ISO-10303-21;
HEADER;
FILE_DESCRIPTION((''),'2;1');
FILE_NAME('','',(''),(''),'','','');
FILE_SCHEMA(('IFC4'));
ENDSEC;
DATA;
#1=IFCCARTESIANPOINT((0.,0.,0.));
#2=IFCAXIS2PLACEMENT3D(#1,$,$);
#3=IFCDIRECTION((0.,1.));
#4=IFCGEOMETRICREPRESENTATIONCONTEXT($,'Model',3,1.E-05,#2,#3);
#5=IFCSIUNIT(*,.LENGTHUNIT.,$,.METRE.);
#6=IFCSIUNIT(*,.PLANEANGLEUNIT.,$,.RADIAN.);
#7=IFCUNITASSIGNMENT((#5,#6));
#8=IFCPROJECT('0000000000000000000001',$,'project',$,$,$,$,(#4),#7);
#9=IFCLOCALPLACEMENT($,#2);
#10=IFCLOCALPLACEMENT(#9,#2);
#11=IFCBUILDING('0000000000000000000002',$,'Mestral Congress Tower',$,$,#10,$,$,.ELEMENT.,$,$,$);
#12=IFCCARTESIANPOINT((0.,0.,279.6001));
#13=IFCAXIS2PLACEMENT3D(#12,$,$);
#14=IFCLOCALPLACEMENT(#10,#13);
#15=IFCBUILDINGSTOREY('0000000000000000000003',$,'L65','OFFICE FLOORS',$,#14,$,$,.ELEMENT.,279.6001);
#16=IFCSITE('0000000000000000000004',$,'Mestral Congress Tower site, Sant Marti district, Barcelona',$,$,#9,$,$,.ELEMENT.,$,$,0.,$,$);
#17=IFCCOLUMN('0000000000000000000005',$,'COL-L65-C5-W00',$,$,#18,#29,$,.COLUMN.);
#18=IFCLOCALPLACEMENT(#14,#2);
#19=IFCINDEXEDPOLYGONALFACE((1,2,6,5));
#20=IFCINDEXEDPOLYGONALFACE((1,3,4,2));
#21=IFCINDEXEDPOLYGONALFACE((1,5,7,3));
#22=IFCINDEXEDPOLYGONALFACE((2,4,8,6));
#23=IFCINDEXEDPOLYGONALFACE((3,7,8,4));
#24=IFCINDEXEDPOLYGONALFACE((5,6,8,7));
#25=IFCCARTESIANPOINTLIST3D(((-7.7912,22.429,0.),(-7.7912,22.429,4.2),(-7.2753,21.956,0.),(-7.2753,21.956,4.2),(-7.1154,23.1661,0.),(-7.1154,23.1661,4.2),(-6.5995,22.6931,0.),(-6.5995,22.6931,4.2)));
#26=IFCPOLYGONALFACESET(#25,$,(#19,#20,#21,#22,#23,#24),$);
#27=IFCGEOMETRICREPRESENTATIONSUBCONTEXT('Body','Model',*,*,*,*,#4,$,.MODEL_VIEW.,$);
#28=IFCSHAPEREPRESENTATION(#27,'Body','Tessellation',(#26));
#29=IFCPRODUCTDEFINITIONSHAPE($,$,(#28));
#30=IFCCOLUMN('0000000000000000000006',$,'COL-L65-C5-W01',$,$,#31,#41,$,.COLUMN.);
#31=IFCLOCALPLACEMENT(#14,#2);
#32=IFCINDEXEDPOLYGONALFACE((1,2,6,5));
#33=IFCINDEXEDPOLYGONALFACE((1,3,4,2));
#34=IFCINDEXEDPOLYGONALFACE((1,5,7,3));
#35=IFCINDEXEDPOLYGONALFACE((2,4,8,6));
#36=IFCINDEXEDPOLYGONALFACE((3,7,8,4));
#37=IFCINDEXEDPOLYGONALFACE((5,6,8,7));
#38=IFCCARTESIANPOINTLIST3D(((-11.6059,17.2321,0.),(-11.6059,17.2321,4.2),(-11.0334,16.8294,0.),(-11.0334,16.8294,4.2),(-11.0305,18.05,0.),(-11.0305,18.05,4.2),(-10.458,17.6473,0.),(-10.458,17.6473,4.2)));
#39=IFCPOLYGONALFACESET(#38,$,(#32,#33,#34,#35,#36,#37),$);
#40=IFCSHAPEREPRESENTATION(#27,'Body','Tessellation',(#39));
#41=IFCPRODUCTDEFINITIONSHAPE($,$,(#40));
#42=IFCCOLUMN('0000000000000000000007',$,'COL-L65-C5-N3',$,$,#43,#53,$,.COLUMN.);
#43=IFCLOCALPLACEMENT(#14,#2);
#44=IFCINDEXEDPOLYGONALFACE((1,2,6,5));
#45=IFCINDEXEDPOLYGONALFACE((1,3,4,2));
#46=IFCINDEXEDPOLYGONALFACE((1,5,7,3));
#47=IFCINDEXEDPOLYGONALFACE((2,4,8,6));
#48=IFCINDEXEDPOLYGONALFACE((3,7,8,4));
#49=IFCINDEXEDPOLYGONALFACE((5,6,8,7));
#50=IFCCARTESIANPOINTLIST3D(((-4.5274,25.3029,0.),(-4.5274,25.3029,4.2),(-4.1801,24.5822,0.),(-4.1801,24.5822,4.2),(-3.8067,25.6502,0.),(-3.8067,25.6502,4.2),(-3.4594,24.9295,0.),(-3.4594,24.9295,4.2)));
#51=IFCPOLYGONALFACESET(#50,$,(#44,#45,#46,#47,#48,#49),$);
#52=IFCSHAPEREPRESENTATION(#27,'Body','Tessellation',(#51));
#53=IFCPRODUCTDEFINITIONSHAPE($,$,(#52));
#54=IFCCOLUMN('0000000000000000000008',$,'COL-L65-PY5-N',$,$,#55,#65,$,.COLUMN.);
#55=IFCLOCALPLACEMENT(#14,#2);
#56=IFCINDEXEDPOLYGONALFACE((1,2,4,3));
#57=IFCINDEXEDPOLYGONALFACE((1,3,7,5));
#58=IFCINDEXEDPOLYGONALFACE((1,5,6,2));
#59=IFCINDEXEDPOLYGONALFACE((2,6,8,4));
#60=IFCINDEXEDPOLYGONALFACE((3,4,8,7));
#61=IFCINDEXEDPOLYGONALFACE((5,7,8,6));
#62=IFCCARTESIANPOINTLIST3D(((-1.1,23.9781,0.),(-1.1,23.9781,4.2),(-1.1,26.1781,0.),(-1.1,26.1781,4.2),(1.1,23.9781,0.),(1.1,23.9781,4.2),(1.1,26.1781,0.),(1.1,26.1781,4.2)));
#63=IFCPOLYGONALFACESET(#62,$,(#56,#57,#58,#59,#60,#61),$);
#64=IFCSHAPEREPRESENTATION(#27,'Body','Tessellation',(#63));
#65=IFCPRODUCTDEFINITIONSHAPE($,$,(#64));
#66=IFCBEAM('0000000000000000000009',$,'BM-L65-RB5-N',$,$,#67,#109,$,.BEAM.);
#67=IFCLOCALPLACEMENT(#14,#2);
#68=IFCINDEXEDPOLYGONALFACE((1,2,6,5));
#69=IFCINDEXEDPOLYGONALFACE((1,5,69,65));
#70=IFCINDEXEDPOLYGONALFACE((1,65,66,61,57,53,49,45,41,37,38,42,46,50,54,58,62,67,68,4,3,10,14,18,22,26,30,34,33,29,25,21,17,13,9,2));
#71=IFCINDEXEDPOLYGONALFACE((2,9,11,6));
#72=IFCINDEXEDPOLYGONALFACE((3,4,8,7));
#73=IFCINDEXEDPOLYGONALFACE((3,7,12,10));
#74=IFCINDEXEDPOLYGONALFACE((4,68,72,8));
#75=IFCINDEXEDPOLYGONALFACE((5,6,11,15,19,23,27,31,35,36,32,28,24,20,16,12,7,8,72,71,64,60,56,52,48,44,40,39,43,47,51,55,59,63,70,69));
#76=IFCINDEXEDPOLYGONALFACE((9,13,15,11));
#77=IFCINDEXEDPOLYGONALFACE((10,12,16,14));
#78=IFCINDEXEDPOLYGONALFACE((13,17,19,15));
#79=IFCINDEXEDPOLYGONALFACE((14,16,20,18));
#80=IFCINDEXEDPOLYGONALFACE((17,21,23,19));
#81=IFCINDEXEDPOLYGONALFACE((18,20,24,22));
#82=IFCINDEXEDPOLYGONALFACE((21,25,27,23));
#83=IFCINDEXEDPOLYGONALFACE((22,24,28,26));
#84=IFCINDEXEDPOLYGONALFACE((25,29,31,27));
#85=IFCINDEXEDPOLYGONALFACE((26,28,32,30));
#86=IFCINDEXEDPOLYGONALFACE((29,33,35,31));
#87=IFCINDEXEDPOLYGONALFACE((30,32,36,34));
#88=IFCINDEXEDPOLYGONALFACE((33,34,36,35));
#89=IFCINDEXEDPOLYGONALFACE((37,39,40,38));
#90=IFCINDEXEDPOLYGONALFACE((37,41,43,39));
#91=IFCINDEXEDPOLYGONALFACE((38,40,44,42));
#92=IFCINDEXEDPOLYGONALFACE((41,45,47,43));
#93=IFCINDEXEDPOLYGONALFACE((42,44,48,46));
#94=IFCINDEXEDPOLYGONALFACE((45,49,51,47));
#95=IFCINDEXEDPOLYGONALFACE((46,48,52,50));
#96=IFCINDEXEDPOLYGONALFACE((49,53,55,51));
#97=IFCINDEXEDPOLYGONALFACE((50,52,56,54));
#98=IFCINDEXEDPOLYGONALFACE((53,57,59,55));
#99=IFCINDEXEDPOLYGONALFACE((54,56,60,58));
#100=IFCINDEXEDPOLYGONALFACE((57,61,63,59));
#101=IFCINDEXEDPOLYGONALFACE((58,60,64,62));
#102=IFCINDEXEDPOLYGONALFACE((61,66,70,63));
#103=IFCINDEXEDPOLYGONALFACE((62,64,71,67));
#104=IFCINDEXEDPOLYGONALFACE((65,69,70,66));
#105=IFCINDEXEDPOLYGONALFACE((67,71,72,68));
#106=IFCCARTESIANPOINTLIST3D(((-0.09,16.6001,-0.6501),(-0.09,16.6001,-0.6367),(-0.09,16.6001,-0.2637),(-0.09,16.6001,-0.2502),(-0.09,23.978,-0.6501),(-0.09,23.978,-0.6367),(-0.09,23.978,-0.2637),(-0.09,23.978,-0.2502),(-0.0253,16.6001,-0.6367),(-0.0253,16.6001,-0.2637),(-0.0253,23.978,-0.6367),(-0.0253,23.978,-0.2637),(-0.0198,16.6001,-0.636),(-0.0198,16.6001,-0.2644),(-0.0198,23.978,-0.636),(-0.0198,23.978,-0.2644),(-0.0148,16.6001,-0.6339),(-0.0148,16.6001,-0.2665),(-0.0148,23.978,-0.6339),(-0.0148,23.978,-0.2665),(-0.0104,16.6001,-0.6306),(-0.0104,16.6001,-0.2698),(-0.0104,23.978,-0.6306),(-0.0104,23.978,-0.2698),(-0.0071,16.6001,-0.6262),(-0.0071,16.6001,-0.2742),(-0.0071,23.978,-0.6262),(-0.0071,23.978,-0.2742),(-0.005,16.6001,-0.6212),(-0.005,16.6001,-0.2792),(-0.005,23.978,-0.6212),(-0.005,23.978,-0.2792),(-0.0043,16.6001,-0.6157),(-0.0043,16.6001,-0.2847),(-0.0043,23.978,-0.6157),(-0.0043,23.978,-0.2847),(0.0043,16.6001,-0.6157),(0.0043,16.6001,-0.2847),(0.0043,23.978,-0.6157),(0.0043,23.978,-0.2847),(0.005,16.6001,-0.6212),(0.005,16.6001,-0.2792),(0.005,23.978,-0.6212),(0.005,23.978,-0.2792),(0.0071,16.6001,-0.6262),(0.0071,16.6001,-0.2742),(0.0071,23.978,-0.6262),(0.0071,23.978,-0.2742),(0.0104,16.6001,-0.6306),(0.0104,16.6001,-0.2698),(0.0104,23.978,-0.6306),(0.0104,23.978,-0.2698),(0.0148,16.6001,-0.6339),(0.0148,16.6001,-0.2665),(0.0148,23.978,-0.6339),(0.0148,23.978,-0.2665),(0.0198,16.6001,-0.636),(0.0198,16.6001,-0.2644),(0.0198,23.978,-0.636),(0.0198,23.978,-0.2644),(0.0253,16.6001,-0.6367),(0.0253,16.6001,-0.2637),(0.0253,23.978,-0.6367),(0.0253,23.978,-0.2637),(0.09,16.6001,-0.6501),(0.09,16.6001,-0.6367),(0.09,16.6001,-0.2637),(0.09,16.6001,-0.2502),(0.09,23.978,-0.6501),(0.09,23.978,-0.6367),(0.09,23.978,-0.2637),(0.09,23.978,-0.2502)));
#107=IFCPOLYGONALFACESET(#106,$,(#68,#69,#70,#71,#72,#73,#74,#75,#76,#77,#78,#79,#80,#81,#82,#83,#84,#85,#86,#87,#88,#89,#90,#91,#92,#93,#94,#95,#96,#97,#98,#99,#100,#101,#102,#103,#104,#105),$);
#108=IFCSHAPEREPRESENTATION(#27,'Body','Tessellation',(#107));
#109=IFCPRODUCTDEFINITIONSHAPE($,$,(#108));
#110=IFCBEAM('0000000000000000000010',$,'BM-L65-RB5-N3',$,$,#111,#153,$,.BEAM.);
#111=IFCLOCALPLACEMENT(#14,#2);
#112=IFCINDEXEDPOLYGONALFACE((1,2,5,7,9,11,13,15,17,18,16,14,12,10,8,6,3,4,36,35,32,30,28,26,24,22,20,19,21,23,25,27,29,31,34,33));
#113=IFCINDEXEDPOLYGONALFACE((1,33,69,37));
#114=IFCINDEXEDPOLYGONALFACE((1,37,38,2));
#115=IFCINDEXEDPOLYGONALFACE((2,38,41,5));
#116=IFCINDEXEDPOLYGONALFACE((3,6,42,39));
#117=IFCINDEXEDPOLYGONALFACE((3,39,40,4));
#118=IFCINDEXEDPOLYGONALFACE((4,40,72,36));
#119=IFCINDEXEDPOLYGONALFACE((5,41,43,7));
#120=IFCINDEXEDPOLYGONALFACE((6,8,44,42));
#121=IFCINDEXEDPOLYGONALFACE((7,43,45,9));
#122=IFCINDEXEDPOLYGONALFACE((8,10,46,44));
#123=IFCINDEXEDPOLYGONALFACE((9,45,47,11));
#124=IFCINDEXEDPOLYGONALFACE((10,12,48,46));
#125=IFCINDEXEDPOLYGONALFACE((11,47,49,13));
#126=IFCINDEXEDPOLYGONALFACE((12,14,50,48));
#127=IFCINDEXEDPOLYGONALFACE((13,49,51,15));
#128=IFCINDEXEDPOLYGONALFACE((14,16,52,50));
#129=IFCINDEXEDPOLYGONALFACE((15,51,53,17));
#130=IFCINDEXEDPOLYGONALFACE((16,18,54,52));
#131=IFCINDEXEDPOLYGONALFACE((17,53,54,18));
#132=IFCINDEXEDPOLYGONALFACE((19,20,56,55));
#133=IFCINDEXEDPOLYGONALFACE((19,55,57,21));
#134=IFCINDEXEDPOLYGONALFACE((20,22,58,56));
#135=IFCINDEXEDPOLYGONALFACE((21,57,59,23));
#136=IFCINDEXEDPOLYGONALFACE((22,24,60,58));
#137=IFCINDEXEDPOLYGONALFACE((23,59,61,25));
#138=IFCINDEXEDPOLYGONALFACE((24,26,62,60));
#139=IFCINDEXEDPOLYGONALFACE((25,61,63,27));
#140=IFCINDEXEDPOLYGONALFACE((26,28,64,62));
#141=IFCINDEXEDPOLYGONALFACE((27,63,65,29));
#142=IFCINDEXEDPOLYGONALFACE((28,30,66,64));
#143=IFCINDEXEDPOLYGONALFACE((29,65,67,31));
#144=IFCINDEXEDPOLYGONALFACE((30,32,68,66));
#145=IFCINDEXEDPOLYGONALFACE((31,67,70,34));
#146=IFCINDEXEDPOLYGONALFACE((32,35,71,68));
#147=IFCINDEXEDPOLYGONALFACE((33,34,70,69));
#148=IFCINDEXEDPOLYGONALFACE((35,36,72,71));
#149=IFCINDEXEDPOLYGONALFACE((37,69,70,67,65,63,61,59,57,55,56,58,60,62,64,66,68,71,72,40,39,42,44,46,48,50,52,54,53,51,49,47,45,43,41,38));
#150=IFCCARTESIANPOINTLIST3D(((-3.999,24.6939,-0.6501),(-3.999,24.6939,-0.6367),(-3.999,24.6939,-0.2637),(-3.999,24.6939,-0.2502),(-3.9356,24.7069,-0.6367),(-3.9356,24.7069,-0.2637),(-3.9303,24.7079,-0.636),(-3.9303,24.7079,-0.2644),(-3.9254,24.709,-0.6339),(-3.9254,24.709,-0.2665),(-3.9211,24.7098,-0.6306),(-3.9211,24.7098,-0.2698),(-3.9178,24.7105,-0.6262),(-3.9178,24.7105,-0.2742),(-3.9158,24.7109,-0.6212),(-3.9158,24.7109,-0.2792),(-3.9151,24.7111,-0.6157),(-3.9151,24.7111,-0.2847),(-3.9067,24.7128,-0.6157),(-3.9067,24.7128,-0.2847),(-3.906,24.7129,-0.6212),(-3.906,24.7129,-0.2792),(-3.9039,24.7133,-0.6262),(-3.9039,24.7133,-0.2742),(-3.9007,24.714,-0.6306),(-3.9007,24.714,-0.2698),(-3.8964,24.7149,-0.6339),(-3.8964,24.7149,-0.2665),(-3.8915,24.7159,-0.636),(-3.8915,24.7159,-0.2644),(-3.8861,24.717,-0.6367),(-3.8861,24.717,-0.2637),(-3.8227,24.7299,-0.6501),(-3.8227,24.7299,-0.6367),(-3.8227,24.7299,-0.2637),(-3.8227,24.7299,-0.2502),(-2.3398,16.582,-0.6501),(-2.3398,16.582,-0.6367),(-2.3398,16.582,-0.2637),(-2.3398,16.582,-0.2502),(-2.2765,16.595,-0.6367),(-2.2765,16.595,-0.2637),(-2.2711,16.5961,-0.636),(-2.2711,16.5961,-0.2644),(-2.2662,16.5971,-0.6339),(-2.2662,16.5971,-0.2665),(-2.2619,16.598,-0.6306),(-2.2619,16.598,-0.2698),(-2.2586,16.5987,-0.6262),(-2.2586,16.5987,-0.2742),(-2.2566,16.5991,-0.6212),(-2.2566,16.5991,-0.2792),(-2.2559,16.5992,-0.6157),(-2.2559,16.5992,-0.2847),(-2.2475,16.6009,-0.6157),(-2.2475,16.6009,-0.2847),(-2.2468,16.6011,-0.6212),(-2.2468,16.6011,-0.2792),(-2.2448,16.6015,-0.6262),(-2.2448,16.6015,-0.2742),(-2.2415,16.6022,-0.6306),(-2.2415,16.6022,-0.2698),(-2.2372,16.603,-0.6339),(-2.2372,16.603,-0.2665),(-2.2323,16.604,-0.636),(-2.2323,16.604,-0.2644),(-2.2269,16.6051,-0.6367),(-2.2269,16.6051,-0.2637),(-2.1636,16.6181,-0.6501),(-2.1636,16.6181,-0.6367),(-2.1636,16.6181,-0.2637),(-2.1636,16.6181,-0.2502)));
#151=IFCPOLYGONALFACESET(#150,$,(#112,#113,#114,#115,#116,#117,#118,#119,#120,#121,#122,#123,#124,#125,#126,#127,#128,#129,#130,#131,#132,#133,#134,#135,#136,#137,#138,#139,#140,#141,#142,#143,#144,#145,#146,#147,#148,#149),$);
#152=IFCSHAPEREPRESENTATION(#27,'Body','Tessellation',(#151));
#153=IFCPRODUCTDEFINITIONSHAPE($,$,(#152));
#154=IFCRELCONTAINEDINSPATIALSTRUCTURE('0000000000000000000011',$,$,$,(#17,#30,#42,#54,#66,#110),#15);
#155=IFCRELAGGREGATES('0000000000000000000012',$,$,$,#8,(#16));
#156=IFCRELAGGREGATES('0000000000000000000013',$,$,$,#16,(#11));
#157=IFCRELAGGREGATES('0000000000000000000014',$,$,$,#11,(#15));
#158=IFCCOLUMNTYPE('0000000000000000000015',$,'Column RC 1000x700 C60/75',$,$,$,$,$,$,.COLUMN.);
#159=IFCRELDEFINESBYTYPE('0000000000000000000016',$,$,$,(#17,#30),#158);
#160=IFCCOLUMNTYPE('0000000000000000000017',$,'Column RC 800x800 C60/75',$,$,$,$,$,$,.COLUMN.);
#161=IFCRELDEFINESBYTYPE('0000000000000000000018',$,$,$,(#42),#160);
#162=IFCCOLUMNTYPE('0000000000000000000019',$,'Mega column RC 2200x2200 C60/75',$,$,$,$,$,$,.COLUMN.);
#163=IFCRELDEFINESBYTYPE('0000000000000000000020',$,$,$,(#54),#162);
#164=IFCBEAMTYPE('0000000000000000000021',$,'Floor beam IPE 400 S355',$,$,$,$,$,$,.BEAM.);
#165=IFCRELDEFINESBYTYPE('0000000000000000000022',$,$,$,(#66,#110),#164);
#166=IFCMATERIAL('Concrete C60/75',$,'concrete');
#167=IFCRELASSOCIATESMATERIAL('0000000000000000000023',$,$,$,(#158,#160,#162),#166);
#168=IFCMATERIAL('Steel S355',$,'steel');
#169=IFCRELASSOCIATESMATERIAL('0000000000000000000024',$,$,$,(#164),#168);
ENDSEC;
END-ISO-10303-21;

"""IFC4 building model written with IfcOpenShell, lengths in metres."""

from ifc_helpers import new_model, si_unit, direction, frame, origin, origin_2d, place, context, subcontext, project, spatial, rectangle, i_section, extrude, material, material_profile, profile_set, type_object, element, save


model = new_model("IFC4")

# Units and contexts
model_context = context("Model", 3, precision=1e-05, world=origin(), true_north=direction((0.0, 1.0)))
body_context = subcontext(model_context, "Body", "Model", "MODEL_VIEW")
ifc_project = project(units=[si_unit("LENGTHUNIT", "METRE"), si_unit("PLANEANGLEUNIT", "RADIAN")], contexts=[model_context])

# Site, building, storey
site_placement = place(None, origin())
site = spatial("IfcSite", under=ifc_project, at=site_placement, Name="Mestral Congress Tower site, Sant Marti district, Barcelona", CompositionType="ELEMENT", RefElevation=0.0)
building_placement = place(site_placement, origin())
building = spatial("IfcBuilding", under=site, at=building_placement, Name="Mestral Congress Tower", CompositionType="ELEMENT")
storey_placement = place(building_placement, frame((0.0, 0.0, 279.6001)))
storey = spatial("IfcBuildingStorey", under=building, at=storey_placement, Name="L65", Description="OFFICE FLOORS", CompositionType="ELEMENT", Elevation=279.6001)

# Columns
ifc_material_1 = material(Name="Concrete C60/75", Category="concrete")
ifc_material_profile_1 = material_profile(ifc_material_1, rectangle(XDim=1.0, YDim=0.7, at=origin_2d()), Name="RC 1000x700")
ifc_profile_set_1 = profile_set([ifc_material_profile_1], Name="Concrete C60/75")
column_type_1 = type_object("IfcColumnType", Name="Column RC 1000x700 C60/75", PredefinedType="COLUMN", material=ifc_profile_set_1)
for number, where, z_axis, x_axis, name in (
    (1, (-7.1953, 22.561, 0.0), (0.0, 0.0, 1.0), (-0.675803, -0.737083, 0.0), "COL-L65-C5-W00"),
    (2, (-11.032, 17.4397, 0.0), (0.0, 0.0, 1.0), (-0.575402, -0.817871, 0.0), "COL-L65-C5-W01"),
):
    element("IfcColumn", number, at=place(storey_placement, frame(where, z_axis=z_axis, x_axis=x_axis)), inside=storey, type_object=column_type_1, Name=name, PredefinedType="COLUMN", context=body_context, shape_type="SweptSolid", body=[
        extrude(rectangle(XDim=1.0, YDim=0.7, at=origin_2d()), origin(), (0.0, 0.0, 1.0), 4.2),
    ])
ifc_material_profile_2 = material_profile(ifc_material_1, rectangle(XDim=0.8, YDim=0.8, at=origin_2d()), Name="RC 800x800")
ifc_profile_set_2 = profile_set([ifc_material_profile_2], Name="Concrete C60/75")
column_type_2 = type_object("IfcColumnType", Name="Column RC 800x800 C60/75", PredefinedType="COLUMN", material=ifc_profile_set_2)
column_1_placement = place(storey_placement, frame((-3.9934, 25.1162, 0.0), z_axis=(0.0, 0.0, 1.0), x_axis=(-0.900873, -0.434082, 0.0)))
element("IfcColumn", 3, at=column_1_placement, inside=storey, type_object=column_type_2, Name="COL-L65-C5-N3", PredefinedType="COLUMN", context=body_context, shape_type="SweptSolid", body=[
    extrude(rectangle(XDim=0.8, YDim=0.8, at=origin_2d()), origin(), (0.0, 0.0, 1.0), 4.2),
])
ifc_material_profile_3 = material_profile(ifc_material_1, rectangle(XDim=2.2, YDim=2.2, at=origin_2d()), Name="RC 2200x2200")
ifc_profile_set_3 = profile_set([ifc_material_profile_3], Name="Concrete C60/75")
column_type_3 = type_object("IfcColumnType", Name="Mega column RC 2200x2200 C60/75", PredefinedType="COLUMN", material=ifc_profile_set_3)
column_2_placement = place(storey_placement, frame((0.0, 25.0781, 0.0), z_axis=(0.0, 0.0, 1.0), x_axis=(0.0, 1.0, 0.0)))
element("IfcColumn", 4, at=column_2_placement, inside=storey, type_object=column_type_3, Name="COL-L65-PY5-N", PredefinedType="COLUMN", context=body_context, shape_type="SweptSolid", body=[
    extrude(rectangle(XDim=2.2, YDim=2.2, at=origin_2d()), origin(), (0.0, 0.0, 1.0), 4.2),
])

# Beams
ifc_material_2 = material(Name="Steel S355", Category="steel")
ifc_material_profile_4 = material_profile(ifc_material_2, i_section(OverallWidth=0.1799, OverallDepth=0.3999, WebThickness=0.0085, FlangeThickness=0.0134, FilletRadius=0.021, at=origin_2d()), Name="IPE 400")
ifc_profile_set_4 = profile_set([ifc_material_profile_4], Name="Steel S355")
beam_type_1 = type_object("IfcBeamType", Name="Floor beam IPE 400 S355", PredefinedType="BEAM", material=ifc_profile_set_4)
beam_1_placement = place(storey_placement, frame((0.0, 23.978, -0.4502), z_axis=(0.0, -1.0, 0.0), x_axis=(1.0, 0.0, 0.0)))
element("IfcBeam", 5, at=beam_1_placement, inside=storey, type_object=beam_type_1, Name="BM-L65-RB5-N", PredefinedType="BEAM", context=body_context, shape_type="SweptSolid", body=[
    extrude(i_section(OverallWidth=0.1799, OverallDepth=0.3999, WebThickness=0.0085, FlangeThickness=0.0134, FilletRadius=0.021, at=origin_2d()), origin(), (0.0, 0.0, 1.0), 7.3779),
])
beam_2_placement = place(storey_placement, frame((-3.9109, 24.7119, -0.4502), z_axis=(0.20039, -0.979716, 0.0), x_axis=(0.979716, 0.20039, 0.0)))
element("IfcBeam", 6, at=beam_2_placement, inside=storey, type_object=beam_type_1, Name="BM-L65-RB5-N3", PredefinedType="BEAM", context=body_context, shape_type="SweptSolid", body=[
    extrude(i_section(OverallWidth=0.1799, OverallDepth=0.3999, WebThickness=0.0085, FlangeThickness=0.0134, FilletRadius=0.021, at=origin_2d()), origin(), (0.0, 0.0, 1.0), 8.2798),
])

save(model, "model.ifc")
